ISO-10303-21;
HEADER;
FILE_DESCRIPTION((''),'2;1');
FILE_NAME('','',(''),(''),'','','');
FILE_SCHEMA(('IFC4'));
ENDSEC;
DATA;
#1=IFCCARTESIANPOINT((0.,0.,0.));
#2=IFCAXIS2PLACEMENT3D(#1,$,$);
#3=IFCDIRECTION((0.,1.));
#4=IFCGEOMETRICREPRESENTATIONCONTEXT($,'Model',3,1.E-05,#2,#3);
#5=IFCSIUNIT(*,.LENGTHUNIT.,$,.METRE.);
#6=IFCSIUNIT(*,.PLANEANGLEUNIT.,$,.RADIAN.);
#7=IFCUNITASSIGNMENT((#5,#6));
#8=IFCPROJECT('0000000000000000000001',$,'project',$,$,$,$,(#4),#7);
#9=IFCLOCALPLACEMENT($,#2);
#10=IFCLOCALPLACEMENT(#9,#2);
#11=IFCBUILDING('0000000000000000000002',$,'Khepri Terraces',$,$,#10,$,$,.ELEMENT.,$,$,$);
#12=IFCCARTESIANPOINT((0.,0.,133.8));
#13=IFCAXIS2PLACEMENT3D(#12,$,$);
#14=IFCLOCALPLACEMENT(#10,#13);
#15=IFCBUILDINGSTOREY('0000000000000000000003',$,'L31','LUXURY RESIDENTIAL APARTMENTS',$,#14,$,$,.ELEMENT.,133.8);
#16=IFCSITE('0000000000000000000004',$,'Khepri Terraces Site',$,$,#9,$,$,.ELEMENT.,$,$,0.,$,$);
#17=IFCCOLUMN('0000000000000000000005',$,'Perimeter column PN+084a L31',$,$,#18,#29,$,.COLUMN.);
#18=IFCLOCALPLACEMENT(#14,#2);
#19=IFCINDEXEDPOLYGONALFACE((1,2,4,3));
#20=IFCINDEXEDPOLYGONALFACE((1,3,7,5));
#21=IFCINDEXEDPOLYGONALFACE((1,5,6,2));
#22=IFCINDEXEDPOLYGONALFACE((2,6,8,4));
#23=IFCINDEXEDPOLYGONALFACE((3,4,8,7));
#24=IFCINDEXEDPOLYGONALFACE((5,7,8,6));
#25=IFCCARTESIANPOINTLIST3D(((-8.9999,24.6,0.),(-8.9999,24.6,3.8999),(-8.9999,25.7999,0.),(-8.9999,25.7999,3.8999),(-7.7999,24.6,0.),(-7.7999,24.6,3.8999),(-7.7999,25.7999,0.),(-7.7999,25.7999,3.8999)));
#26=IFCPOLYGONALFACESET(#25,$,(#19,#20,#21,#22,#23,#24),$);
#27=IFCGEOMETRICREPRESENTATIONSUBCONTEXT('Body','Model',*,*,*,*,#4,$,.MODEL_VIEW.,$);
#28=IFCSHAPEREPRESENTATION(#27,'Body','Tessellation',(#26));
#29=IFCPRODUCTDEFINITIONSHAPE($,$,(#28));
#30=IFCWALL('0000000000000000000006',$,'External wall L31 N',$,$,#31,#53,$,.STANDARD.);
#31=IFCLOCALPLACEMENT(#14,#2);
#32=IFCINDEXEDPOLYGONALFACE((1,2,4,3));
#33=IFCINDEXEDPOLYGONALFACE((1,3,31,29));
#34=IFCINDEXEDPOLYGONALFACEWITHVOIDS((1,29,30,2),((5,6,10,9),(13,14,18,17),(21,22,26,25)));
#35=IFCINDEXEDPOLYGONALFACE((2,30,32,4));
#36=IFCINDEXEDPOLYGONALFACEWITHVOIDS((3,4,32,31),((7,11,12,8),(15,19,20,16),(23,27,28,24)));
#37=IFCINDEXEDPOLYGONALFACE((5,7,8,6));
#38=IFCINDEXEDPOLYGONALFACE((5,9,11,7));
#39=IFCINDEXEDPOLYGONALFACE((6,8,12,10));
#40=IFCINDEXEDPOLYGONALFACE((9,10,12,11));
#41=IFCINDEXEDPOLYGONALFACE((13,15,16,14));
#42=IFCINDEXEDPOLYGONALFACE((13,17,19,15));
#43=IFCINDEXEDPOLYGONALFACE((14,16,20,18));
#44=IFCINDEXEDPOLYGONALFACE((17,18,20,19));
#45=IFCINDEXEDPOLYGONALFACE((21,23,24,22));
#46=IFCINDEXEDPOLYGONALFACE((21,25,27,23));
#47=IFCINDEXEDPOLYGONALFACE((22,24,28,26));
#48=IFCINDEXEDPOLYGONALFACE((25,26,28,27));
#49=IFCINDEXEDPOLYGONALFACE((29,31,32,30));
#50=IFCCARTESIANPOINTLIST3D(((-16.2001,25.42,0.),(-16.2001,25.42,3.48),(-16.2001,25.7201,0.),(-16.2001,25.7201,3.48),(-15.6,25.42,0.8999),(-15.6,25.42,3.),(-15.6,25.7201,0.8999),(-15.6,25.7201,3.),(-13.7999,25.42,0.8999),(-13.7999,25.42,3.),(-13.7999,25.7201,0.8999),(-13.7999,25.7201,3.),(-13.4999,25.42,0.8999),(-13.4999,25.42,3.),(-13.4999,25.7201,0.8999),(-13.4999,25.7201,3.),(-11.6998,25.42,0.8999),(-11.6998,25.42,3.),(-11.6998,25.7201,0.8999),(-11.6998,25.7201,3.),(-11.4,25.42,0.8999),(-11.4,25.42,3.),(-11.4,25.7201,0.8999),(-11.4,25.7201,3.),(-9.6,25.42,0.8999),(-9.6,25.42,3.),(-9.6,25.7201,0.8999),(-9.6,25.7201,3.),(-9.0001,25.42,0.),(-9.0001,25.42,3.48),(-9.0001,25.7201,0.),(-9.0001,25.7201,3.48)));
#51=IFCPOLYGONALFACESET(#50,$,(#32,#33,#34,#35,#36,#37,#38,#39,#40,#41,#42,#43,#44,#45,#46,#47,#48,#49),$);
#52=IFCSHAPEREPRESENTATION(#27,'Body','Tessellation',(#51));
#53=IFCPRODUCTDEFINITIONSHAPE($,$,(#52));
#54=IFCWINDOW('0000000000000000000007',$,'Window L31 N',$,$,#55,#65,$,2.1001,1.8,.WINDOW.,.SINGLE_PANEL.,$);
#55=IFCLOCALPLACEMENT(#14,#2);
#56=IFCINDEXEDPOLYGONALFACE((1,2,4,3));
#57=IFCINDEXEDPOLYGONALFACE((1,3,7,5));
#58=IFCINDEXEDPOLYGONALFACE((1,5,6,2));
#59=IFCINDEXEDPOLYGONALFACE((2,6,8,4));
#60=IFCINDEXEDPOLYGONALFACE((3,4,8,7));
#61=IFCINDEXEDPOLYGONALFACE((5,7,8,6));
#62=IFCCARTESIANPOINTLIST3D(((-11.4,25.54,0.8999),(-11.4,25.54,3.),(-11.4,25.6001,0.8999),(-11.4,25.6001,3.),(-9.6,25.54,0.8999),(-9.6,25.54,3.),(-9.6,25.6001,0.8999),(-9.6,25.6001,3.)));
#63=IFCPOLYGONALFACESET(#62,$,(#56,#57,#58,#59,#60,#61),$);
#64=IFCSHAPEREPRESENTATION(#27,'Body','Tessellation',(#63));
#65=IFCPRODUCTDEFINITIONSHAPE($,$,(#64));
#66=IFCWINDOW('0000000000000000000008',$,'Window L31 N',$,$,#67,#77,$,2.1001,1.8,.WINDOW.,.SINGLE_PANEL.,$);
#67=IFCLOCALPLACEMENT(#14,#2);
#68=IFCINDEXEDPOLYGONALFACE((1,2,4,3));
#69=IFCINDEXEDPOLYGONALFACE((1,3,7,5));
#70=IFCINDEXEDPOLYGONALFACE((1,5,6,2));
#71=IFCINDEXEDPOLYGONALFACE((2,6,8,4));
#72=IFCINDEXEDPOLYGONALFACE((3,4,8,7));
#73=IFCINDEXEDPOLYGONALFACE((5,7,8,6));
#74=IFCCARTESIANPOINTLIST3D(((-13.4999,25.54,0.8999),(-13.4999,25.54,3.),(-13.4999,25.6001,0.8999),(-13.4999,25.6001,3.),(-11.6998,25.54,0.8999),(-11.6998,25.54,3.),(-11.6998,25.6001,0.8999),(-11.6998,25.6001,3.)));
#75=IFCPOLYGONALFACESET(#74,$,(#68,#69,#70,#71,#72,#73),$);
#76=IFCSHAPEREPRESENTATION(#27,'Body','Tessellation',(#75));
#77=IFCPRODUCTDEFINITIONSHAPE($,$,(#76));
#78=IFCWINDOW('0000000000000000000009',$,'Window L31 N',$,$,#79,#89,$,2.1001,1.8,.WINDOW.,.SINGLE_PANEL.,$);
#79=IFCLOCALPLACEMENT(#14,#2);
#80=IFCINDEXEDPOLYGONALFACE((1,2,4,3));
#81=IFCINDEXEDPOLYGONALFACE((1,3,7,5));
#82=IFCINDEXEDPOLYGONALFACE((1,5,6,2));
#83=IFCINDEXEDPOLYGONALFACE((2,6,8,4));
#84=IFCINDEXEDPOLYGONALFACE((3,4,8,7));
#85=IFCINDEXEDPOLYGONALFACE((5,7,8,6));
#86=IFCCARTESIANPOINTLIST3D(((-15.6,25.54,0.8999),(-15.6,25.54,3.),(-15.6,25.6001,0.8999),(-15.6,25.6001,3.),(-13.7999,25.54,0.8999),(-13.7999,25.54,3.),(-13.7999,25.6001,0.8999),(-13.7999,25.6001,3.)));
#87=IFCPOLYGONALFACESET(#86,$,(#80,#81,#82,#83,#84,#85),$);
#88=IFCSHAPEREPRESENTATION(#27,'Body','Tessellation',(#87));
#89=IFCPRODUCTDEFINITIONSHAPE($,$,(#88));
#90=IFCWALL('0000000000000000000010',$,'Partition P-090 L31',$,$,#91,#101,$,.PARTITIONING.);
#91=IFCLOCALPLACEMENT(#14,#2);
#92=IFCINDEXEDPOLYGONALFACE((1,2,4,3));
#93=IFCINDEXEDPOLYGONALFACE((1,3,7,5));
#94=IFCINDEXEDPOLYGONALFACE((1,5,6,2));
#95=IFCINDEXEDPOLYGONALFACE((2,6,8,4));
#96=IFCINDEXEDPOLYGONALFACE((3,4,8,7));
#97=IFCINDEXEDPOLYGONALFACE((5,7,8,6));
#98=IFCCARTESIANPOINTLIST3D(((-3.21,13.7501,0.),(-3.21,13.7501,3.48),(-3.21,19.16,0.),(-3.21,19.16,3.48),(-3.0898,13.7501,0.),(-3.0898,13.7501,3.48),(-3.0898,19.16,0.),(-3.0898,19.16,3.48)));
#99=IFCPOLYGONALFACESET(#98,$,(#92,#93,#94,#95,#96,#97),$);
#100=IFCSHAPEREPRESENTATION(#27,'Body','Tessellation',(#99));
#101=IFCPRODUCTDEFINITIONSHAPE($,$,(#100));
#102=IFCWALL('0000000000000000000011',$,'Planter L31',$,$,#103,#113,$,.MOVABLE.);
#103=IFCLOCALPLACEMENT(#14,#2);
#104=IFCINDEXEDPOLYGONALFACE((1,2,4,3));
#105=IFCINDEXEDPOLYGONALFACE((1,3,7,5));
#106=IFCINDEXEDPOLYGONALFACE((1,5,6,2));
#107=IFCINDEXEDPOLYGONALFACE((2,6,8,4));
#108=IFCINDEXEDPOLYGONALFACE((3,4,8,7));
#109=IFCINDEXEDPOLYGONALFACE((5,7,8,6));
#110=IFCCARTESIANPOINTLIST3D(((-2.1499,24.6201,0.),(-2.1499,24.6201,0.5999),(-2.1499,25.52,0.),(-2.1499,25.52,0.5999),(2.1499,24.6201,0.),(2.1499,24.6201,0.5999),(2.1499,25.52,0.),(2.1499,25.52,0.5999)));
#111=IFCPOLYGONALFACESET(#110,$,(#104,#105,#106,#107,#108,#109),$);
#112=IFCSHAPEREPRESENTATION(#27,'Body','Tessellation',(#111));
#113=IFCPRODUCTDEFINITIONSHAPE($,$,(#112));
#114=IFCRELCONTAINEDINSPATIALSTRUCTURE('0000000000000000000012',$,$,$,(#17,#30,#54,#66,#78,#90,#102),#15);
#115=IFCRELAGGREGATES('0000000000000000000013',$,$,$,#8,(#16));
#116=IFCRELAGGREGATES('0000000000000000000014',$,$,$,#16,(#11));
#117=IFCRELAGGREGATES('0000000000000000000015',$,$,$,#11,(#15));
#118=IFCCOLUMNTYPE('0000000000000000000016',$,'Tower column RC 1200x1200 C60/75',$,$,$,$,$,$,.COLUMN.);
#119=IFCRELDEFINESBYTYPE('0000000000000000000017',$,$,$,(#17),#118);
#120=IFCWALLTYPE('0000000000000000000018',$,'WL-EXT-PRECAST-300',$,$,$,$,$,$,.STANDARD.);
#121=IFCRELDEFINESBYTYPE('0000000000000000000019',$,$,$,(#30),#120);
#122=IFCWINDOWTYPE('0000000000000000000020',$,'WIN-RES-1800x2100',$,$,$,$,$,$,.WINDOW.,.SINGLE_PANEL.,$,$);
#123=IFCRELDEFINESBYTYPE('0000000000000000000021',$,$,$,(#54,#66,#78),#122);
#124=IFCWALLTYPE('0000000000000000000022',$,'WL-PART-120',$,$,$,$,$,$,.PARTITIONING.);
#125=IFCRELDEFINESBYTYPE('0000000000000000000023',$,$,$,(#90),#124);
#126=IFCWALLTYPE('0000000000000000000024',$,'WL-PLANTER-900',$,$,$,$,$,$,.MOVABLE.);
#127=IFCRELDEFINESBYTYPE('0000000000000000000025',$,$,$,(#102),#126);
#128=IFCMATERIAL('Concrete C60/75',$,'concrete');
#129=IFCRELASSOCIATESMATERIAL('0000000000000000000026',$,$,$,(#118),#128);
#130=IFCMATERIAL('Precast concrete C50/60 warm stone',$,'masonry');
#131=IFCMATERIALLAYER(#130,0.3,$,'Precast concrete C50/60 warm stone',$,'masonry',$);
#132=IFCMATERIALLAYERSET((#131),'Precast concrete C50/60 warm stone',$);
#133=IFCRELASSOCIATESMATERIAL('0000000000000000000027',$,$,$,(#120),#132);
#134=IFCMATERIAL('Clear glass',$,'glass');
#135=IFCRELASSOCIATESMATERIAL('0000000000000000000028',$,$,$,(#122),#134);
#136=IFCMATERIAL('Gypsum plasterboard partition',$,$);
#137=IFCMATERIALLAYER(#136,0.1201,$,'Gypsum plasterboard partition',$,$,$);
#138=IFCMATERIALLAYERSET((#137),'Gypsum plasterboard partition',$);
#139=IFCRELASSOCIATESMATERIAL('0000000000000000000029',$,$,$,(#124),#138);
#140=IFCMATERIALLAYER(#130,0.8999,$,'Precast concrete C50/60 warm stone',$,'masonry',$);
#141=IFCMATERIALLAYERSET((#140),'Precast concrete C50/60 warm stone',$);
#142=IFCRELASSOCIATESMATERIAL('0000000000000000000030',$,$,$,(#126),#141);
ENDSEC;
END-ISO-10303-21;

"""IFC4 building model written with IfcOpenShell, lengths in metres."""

from ifc_helpers import new_model, si_unit, direction, frame, frame_2d, origin, origin_2d, place, context, subcontext, project, spatial, rectangle, extrude, material, layer, layer_set, material_profile, profile_set, type_object, element, fill, save


model = new_model("IFC4")

# Units and contexts
model_context = context("Model", 3, precision=1e-05, world=origin(), true_north=direction((0.0, 1.0)))
body_context = subcontext(model_context, "Body", "Model", "MODEL_VIEW")
ifc_project = project(units=[si_unit("LENGTHUNIT", "METRE"), si_unit("PLANEANGLEUNIT", "RADIAN")], contexts=[model_context])

# Site, building, storey
site_placement = place(None, origin())
site = spatial("IfcSite", under=ifc_project, at=site_placement, Name="Khepri Terraces Site", CompositionType="ELEMENT", RefElevation=0.0)
building_placement = place(site_placement, origin())
building = spatial("IfcBuilding", under=site, at=building_placement, Name="Khepri Terraces", CompositionType="ELEMENT")
storey_placement = place(building_placement, frame((0.0, 0.0, 133.8)))
storey = spatial("IfcBuildingStorey", under=building, at=storey_placement, Name="L31", Description="LUXURY RESIDENTIAL APARTMENTS", CompositionType="ELEMENT", Elevation=133.8)

# Column
ifc_material_1 = material(Name="Concrete C60/75", Category="concrete")
ifc_material_profile = material_profile(ifc_material_1, rectangle(XDim=1.2, YDim=1.2, at=origin_2d()), Name="Concrete C60/75", Category="concrete")
ifc_profile_set = profile_set([ifc_material_profile], Name="Concrete C60/75")
column_type = type_object("IfcColumnType", Name="Tower column RC 1200x1200 C60/75", PredefinedType="COLUMN", material=ifc_profile_set)
column_placement = place(storey_placement, frame((-8.3999, 25.2, 0.0), z_axis=(0.0, 0.0, 1.0), x_axis=(1.0, 0.0, 0.0)))
element("IfcColumn", 1, at=column_placement, inside=storey, type_object=column_type, Name="Perimeter column PN+084a L31", PredefinedType="COLUMN", context=body_context, shape_type="SweptSolid", body=[
    extrude(rectangle(XDim=1.2, YDim=1.2, at=origin_2d()), origin(), (0.0, 0.0, 1.0), 3.8999),
])

# Shared definitions
ifc_material_2 = material(Name="Precast concrete C50/60 warm stone", Category="masonry")
ifc_layer_1 = layer(ifc_material_2, 0.3, Name="Precast concrete C50/60 warm stone", Category="masonry")
ifc_layer_set_1 = layer_set([ifc_layer_1], Name="Precast concrete C50/60 warm stone")
wall_type_1 = type_object("IfcWallType", Name="WL-EXT-PRECAST-300", PredefinedType="STANDARD", material=ifc_layer_set_1)

# Wall, openings, windows
wall_1_placement = place(storey_placement, frame((-9.0, 25.5701, 0.0), z_axis=(0.0, 0.0, 1.0), x_axis=(-1.0, 0.0, 0.0)))
wall_1 = element("IfcWall", 2, at=wall_1_placement, inside=storey, type_object=wall_type_1, Name="External wall L31 N", PredefinedType="STANDARD", context=body_context, shape_type="SweptSolid", body=[
    extrude(rectangle(XDim=7.2, YDim=0.3, at=frame_2d((3.6001, 0.0))), origin(), (0.0, 0.0, 1.0), 3.48),
])
opening_1_placement = place(wall_1_placement, frame((0.6001, 0.0, 0.8999)))
opening_1 = element("IfcOpeningElement", 3, at=opening_1_placement, cuts=wall_1, PredefinedType="OPENING", context=body_context, shape_type="SweptSolid", body=[
    extrude(rectangle(XDim=1.8, YDim=2.1001, at=frame_2d((0.8999, 1.05))), frame((0.0, 0.1602, 0.0), z_axis=(0.0, -1.0, 0.0), x_axis=(1.0, 0.0, 0.0)), (0.0, 0.0, 1.0), 0.3201),
])
opening_2_placement = place(wall_1_placement, frame((2.7, 0.0, 0.8999)))
opening_2 = element("IfcOpeningElement", 4, at=opening_2_placement, cuts=wall_1, PredefinedType="OPENING", context=body_context, shape_type="SweptSolid", body=[
    extrude(rectangle(XDim=1.8, YDim=2.1001, at=frame_2d((0.8999, 1.05))), frame((0.0, 0.1602, 0.0), z_axis=(0.0, -1.0, 0.0), x_axis=(1.0, 0.0, 0.0)), (0.0, 0.0, 1.0), 0.3201),
])
opening_3_placement = place(wall_1_placement, frame((4.8, 0.0, 0.8999)))
opening_3 = element("IfcOpeningElement", 5, at=opening_3_placement, cuts=wall_1, PredefinedType="OPENING", context=body_context, shape_type="SweptSolid", body=[
    extrude(rectangle(XDim=1.8, YDim=2.1001, at=frame_2d((0.8999, 1.05))), frame((0.0, 0.1602, 0.0), z_axis=(0.0, -1.0, 0.0), x_axis=(1.0, 0.0, 0.0)), (0.0, 0.0, 1.0), 0.3201),
])
ifc_material_3 = material(Name="Clear glass", Category="glass")
window_type = type_object("IfcWindowType", Name="WIN-RES-1800x2100", PartitioningType="SINGLE_PANEL", PredefinedType="WINDOW", material=ifc_material_3)
window_1_placement = place(opening_1_placement, origin())
window_1 = element("IfcWindow", 6, at=window_1_placement, inside=storey, type_object=window_type, Name="Window L31 N", OverallHeight=2.1001, OverallWidth=1.8, PartitioningType="SINGLE_PANEL", PredefinedType="WINDOW", context=body_context, shape_type="SweptSolid", body=[
    extrude(rectangle(XDim=1.8, YDim=2.1001, at=frame_2d((0.8999, 1.05))), frame((0.0, 0.03, 0.0), z_axis=(0.0, -1.0, 0.0), x_axis=(1.0, 0.0, 0.0)), (0.0, 0.0, 1.0), 0.0601),
])
fill(opening_1, window_1)
window_2_placement = place(opening_2_placement, origin())
window_2 = element("IfcWindow", 7, at=window_2_placement, inside=storey, type_object=window_type, Name="Window L31 N", OverallHeight=2.1001, OverallWidth=1.8, PartitioningType="SINGLE_PANEL", PredefinedType="WINDOW", context=body_context, shape_type="SweptSolid", body=[
    extrude(rectangle(XDim=1.8, YDim=2.1001, at=frame_2d((0.8999, 1.05))), frame((0.0, 0.03, 0.0), z_axis=(0.0, -1.0, 0.0), x_axis=(1.0, 0.0, 0.0)), (0.0, 0.0, 1.0), 0.0601),
])
fill(opening_2, window_2)
window_3_placement = place(opening_3_placement, origin())
window_3 = element("IfcWindow", 8, at=window_3_placement, inside=storey, type_object=window_type, Name="Window L31 N", OverallHeight=2.1001, OverallWidth=1.8, PartitioningType="SINGLE_PANEL", PredefinedType="WINDOW", context=body_context, shape_type="SweptSolid", body=[
    extrude(rectangle(XDim=1.8, YDim=2.1001, at=frame_2d((0.8999, 1.05))), frame((0.0, 0.03, 0.0), z_axis=(0.0, -1.0, 0.0), x_axis=(1.0, 0.0, 0.0)), (0.0, 0.0, 1.0), 0.0601),
])
fill(opening_3, window_3)

# Walls
ifc_material_4 = material(Name="Gypsum plasterboard partition")
ifc_layer_2 = layer(ifc_material_4, 0.1201, Name="Gypsum plasterboard partition")
ifc_layer_set_2 = layer_set([ifc_layer_2], Name="Gypsum plasterboard partition")
wall_type_2 = type_object("IfcWallType", Name="WL-PART-120", PredefinedType="PARTITIONING", material=ifc_layer_set_2)
wall_2_placement = place(storey_placement, frame((-3.1499, 13.75, 0.0), z_axis=(0.0, 0.0, 1.0), x_axis=(0.0, 1.0, 0.0)))
element("IfcWall", 9, at=wall_2_placement, inside=storey, type_object=wall_type_2, Name="Partition P-090 L31", PredefinedType="PARTITIONING", context=body_context, shape_type="SweptSolid", body=[
    extrude(rectangle(XDim=5.4099, YDim=0.1201, at=frame_2d((2.7051, 0.0))), origin(), (0.0, 0.0, 1.0), 3.48),
])
ifc_layer_3 = layer(ifc_material_2, 0.8999, Name="Precast concrete C50/60 warm stone", Category="masonry")
ifc_layer_set_3 = layer_set([ifc_layer_3], Name="Precast concrete C50/60 warm stone")
wall_type_3 = type_object("IfcWallType", Name="WL-PLANTER-900", PredefinedType="MOVABLE", material=ifc_layer_set_3)
wall_3_placement = place(storey_placement, frame((-2.1499, 25.0701, 0.0), z_axis=(0.0, 0.0, 1.0), x_axis=(1.0, 0.0, 0.0)))
element("IfcWall", 10, at=wall_3_placement, inside=storey, type_object=wall_type_3, Name="Planter L31", PredefinedType="MOVABLE", context=body_context, shape_type="SweptSolid", body=[
    extrude(rectangle(XDim=4.2998, YDim=0.8999, at=frame_2d((2.1499, 0.0))), origin(), (0.0, 0.0, 1.0), 0.5999),
])

save(model, "model.ifc")
